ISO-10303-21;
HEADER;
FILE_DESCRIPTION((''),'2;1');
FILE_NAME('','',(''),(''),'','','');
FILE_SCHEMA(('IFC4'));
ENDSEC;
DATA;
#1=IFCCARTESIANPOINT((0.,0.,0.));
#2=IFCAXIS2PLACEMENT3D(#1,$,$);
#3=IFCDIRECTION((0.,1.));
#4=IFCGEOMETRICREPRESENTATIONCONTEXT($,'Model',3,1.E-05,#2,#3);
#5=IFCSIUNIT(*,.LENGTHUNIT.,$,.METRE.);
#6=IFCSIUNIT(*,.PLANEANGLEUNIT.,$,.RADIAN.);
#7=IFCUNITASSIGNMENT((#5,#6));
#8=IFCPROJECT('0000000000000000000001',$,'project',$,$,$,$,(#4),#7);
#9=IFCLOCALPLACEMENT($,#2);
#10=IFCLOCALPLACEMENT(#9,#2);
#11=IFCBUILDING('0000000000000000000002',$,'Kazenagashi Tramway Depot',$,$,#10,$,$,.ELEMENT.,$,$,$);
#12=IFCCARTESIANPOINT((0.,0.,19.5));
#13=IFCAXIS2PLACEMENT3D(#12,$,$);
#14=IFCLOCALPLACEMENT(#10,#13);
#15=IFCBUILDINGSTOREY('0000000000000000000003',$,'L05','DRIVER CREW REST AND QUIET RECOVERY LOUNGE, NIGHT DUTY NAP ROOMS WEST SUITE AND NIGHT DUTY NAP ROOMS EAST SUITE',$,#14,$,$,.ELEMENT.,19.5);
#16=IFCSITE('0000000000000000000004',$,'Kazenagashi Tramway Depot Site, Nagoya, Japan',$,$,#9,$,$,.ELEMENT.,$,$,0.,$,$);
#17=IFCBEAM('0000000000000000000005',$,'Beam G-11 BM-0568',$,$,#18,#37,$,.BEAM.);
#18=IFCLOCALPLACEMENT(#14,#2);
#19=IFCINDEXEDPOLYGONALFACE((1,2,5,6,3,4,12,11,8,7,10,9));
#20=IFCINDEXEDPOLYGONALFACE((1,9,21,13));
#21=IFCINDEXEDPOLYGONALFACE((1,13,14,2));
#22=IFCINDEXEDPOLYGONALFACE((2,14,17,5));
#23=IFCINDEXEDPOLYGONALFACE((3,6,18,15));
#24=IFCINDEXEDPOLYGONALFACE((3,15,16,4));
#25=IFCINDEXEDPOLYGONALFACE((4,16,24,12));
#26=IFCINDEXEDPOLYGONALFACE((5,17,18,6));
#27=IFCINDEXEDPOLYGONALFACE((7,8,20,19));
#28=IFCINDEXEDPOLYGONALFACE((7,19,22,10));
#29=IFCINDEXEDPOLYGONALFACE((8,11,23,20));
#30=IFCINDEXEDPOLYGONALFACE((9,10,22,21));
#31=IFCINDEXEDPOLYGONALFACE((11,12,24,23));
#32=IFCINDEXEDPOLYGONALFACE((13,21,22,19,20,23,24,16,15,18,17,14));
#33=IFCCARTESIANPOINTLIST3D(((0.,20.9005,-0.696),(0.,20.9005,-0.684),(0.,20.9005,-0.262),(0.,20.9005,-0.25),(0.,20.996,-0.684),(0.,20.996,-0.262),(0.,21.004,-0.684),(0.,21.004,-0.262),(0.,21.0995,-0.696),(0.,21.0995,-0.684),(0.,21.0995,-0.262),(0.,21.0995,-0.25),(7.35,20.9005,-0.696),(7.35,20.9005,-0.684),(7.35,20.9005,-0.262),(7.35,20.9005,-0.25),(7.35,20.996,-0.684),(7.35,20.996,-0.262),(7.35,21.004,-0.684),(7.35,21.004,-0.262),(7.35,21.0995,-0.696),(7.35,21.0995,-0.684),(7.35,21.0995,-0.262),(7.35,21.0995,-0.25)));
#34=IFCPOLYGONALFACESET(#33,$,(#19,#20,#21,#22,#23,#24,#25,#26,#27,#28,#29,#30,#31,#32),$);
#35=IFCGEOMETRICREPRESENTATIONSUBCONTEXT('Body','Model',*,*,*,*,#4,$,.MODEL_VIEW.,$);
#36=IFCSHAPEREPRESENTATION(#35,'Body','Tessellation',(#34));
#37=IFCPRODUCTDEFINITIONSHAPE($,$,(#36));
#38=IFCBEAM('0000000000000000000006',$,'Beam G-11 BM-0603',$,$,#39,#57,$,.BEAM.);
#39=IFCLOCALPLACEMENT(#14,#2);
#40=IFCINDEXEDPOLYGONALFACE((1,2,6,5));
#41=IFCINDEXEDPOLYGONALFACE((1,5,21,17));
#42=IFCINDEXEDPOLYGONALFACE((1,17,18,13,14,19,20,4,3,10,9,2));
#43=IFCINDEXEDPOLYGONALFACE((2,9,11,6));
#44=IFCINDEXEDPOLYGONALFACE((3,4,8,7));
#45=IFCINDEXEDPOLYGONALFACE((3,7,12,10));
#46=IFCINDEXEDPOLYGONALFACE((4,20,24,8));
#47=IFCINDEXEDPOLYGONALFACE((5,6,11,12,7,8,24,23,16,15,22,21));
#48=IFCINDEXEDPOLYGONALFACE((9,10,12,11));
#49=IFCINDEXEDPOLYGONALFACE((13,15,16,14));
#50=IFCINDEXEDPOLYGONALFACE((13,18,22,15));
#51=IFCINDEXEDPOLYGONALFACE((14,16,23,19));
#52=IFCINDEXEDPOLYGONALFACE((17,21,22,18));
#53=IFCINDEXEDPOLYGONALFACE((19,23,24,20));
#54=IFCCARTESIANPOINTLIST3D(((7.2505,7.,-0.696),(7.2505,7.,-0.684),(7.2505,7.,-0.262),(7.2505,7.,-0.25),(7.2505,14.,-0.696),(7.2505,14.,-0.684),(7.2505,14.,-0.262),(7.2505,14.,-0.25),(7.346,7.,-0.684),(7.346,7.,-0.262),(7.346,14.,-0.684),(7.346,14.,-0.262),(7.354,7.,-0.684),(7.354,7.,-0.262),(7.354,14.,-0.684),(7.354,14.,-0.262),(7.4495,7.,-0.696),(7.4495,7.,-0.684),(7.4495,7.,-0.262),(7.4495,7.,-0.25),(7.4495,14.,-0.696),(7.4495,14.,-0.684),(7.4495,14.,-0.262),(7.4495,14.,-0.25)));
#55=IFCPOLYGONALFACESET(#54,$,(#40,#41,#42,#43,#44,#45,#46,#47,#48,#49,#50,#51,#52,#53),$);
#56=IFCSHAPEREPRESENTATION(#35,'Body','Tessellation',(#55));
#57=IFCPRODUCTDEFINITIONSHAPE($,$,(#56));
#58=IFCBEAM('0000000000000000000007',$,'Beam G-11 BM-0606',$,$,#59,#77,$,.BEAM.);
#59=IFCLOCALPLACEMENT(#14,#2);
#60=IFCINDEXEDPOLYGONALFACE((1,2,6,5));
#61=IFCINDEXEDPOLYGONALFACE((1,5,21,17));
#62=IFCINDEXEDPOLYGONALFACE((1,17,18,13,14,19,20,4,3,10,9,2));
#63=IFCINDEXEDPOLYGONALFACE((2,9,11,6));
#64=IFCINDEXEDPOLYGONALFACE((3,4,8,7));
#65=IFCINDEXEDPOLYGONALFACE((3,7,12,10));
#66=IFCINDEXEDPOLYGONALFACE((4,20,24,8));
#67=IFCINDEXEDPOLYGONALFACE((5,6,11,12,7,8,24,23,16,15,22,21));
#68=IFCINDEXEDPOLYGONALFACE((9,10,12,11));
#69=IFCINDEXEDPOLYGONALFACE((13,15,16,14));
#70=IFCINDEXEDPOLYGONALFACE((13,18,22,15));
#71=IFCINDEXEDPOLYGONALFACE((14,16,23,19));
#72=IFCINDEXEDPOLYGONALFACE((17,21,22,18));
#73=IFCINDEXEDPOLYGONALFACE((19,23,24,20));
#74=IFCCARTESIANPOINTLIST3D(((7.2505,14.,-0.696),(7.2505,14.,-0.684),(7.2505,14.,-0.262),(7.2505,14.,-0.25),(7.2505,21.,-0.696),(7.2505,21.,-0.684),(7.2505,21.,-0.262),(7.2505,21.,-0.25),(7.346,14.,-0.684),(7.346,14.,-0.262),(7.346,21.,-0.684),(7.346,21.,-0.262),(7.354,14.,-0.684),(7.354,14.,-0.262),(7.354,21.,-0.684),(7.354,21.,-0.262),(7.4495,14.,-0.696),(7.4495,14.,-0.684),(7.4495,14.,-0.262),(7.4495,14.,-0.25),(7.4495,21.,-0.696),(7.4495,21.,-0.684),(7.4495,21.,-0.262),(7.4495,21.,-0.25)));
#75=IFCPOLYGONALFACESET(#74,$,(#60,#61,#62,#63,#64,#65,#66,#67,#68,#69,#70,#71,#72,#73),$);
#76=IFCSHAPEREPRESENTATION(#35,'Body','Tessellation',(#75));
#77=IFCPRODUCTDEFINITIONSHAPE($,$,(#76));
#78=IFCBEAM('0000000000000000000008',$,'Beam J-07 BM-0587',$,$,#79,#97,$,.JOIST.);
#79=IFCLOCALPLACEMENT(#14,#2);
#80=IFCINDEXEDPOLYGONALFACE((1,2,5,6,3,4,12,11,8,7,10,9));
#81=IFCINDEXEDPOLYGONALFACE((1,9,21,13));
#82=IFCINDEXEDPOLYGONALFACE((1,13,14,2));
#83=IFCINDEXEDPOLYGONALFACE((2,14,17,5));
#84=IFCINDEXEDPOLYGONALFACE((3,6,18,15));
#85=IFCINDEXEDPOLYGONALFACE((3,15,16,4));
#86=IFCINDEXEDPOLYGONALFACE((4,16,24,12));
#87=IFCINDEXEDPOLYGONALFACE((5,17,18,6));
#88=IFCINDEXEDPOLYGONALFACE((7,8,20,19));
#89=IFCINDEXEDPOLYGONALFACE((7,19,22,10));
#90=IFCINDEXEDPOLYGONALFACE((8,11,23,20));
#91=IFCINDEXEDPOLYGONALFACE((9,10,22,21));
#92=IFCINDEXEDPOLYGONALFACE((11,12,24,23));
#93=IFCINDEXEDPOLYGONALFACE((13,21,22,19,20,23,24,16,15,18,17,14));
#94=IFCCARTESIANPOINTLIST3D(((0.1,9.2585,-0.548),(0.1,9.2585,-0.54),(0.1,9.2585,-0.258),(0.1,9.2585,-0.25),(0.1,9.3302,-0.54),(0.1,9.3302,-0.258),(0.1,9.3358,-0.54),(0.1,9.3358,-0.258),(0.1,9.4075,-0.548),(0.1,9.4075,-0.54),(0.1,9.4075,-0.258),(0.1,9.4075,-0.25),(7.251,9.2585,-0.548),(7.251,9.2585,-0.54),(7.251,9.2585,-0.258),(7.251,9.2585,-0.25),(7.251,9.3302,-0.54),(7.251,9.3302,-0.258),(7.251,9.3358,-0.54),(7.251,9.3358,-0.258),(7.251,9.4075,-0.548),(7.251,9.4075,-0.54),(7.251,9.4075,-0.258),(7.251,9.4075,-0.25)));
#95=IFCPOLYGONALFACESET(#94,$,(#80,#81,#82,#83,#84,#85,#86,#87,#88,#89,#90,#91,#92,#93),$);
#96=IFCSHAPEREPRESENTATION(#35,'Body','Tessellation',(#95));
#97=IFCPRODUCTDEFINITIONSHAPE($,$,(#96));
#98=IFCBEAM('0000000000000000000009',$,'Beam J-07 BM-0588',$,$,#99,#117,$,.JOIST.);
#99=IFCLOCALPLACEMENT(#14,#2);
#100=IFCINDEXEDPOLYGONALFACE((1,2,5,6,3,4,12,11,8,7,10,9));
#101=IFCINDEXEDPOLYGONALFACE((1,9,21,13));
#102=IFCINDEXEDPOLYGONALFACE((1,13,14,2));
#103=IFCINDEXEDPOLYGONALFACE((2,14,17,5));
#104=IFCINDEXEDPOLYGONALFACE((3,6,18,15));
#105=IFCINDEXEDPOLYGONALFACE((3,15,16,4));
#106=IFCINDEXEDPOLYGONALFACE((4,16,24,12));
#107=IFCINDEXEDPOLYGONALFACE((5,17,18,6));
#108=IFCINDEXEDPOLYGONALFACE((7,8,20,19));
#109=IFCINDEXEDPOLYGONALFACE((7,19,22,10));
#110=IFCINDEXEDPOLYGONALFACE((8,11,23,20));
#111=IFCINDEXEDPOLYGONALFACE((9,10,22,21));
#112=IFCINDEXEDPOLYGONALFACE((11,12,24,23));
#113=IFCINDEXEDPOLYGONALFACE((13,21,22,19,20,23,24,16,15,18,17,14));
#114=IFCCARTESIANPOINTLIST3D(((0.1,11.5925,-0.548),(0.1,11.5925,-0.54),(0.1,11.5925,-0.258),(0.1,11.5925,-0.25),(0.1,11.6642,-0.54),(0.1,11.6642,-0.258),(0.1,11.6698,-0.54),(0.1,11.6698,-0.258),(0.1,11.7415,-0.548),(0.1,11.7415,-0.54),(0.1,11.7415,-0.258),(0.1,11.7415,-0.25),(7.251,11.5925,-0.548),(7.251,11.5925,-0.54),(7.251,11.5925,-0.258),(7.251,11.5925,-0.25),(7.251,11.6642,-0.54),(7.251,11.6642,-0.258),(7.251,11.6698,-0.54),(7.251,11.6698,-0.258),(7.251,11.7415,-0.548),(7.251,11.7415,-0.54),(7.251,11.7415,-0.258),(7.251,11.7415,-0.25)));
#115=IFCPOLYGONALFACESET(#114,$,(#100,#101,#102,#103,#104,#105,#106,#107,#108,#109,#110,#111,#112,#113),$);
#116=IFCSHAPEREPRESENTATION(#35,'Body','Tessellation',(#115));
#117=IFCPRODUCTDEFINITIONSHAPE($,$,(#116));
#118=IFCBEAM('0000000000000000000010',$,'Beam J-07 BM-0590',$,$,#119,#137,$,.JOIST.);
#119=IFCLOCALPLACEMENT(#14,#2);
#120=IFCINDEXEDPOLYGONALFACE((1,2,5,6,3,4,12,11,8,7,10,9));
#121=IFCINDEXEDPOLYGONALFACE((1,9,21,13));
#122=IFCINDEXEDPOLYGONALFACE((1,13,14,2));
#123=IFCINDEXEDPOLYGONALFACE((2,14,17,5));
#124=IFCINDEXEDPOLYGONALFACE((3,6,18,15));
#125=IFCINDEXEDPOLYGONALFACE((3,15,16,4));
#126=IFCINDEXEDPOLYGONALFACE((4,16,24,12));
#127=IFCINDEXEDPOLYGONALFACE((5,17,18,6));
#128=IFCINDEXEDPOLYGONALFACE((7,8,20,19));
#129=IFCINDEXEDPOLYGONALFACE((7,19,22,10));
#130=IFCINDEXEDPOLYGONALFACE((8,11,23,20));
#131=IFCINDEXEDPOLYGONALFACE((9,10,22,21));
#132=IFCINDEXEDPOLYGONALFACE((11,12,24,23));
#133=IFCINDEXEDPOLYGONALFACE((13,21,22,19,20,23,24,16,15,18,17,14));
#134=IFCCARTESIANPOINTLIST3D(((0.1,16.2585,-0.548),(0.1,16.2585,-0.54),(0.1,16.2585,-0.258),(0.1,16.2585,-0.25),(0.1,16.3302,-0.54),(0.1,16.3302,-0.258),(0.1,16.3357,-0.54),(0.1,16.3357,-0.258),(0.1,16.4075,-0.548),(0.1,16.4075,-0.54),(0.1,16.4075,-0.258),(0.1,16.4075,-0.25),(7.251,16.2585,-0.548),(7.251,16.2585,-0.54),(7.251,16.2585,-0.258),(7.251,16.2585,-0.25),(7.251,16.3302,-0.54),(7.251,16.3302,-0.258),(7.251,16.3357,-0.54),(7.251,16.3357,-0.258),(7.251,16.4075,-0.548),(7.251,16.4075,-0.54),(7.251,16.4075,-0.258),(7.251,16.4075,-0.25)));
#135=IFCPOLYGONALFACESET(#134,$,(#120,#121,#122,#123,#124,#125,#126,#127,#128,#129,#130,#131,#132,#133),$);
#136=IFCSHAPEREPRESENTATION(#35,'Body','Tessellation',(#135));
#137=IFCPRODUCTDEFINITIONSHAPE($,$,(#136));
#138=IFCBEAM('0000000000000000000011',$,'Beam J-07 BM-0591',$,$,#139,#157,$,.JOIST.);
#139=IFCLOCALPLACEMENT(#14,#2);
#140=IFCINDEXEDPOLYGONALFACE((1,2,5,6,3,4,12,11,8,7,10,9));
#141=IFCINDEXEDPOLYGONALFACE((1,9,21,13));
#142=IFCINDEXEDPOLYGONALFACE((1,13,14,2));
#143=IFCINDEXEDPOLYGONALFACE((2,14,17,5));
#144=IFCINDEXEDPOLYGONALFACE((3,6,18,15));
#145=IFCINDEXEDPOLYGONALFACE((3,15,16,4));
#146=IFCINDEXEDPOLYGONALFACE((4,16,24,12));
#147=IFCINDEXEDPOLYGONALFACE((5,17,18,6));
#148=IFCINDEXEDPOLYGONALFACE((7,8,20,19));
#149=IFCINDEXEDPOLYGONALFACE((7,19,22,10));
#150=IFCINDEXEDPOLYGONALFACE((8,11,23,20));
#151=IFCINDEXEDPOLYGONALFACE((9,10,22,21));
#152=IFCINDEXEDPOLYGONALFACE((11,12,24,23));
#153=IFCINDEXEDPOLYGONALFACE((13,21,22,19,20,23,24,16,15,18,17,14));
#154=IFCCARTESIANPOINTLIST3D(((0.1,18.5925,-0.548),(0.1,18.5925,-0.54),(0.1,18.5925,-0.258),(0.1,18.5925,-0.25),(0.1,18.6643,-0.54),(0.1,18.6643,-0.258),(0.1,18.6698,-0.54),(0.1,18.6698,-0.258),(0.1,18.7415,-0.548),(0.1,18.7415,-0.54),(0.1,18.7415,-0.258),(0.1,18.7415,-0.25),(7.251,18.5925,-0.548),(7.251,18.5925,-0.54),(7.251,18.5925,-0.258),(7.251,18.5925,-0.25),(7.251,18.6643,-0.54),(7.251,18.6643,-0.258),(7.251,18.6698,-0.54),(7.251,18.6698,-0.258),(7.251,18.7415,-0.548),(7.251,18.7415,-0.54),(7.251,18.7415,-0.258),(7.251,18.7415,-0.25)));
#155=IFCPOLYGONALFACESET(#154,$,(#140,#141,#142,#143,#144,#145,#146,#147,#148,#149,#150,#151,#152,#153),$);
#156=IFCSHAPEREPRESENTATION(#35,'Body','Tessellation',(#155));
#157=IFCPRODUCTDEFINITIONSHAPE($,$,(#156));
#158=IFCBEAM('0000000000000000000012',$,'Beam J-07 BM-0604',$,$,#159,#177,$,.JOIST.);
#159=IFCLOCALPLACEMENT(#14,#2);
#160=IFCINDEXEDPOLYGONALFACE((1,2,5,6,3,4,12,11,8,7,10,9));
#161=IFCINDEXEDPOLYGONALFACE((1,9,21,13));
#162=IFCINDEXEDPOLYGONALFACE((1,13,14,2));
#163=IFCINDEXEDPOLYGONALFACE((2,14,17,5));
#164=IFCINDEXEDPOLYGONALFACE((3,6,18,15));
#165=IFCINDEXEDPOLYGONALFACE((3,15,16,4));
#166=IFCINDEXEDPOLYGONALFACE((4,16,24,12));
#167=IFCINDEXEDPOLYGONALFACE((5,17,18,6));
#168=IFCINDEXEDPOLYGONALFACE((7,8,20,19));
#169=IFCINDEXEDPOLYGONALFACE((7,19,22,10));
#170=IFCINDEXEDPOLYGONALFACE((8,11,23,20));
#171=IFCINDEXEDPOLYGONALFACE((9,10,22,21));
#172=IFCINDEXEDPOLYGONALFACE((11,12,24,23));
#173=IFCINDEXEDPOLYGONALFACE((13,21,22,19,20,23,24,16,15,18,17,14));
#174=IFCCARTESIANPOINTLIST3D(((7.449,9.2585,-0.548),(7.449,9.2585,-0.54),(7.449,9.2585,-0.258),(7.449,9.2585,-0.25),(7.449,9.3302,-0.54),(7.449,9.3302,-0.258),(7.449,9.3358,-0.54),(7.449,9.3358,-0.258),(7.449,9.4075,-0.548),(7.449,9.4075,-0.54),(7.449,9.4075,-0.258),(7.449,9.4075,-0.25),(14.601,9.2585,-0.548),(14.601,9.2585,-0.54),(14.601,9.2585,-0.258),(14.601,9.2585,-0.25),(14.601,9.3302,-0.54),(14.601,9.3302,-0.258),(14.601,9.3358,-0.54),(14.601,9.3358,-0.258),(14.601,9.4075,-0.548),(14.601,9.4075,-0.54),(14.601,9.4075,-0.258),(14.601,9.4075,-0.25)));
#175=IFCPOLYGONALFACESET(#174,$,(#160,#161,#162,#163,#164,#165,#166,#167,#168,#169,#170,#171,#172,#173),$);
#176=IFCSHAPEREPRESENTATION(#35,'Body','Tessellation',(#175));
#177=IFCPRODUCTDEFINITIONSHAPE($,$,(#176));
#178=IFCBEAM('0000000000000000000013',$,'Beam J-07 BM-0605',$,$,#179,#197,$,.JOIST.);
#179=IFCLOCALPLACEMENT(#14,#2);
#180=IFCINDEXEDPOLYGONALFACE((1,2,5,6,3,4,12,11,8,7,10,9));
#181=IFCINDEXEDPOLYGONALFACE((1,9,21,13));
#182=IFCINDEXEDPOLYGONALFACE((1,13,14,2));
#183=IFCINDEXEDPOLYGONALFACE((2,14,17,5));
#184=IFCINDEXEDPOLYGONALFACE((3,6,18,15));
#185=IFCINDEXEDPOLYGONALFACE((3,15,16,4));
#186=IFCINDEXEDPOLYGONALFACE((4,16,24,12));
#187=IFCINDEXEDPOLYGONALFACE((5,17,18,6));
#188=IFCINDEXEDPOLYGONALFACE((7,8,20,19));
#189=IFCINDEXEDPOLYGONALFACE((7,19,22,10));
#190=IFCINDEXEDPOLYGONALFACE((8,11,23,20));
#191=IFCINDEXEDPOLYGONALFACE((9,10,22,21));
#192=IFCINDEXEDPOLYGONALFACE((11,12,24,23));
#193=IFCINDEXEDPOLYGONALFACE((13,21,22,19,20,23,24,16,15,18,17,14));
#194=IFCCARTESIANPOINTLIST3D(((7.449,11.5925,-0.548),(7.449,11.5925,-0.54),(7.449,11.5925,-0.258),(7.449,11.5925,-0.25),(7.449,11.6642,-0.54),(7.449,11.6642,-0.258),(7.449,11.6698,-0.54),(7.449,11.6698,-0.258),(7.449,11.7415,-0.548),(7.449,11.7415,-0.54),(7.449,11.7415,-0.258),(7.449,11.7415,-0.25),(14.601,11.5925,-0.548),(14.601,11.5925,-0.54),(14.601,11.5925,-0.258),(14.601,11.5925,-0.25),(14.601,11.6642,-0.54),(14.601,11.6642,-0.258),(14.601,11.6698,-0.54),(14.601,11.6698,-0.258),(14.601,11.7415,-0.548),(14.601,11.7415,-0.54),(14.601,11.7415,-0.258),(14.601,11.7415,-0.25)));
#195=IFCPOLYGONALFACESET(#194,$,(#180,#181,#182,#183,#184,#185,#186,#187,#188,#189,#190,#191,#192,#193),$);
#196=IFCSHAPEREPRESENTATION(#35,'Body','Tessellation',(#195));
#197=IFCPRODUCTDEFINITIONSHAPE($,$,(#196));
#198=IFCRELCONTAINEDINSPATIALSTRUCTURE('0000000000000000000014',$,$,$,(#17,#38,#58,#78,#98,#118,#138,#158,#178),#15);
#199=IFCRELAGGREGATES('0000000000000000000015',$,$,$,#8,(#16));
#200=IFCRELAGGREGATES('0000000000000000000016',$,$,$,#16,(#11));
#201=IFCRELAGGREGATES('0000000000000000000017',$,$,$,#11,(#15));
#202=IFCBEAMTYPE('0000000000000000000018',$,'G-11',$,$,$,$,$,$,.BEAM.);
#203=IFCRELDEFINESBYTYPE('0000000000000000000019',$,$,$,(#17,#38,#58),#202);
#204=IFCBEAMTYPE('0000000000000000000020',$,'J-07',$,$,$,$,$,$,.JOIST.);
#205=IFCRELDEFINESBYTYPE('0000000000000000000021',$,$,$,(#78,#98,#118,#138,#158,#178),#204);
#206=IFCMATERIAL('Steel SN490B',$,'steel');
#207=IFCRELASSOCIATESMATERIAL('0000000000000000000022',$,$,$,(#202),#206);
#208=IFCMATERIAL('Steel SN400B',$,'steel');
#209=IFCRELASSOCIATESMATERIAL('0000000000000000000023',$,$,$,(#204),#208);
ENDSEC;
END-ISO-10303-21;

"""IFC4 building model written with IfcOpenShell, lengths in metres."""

from ifc_helpers import new_model, si_unit, direction, frame, origin, origin_2d, place, context, subcontext, project, spatial, i_section, extrude, material, material_profile, profile_set, type_object, element, save


model = new_model("IFC4")

# Units and contexts
model_context = context("Model", 3, precision=1e-05, world=origin(), true_north=direction((0.0, 1.0)))
body_context = subcontext(model_context, "Body", "Model", "MODEL_VIEW")
ifc_project = project(units=[si_unit("LENGTHUNIT", "METRE"), si_unit("PLANEANGLEUNIT", "RADIAN")], contexts=[model_context])

# Site, building, storey
site_placement = place(None, origin())
site = spatial("IfcSite", under=ifc_project, at=site_placement, Name="Kazenagashi Tramway Depot Site, Nagoya, Japan", CompositionType="ELEMENT", RefElevation=0.0)
building_placement = place(site_placement, origin())
building = spatial("IfcBuilding", under=site, at=building_placement, Name="Kazenagashi Tramway Depot", CompositionType="ELEMENT")
storey_placement = place(building_placement, frame((0.0, 0.0, 19.5)))
storey = spatial("IfcBuildingStorey", under=building, at=storey_placement, Name="L05", Description="DRIVER CREW REST AND QUIET RECOVERY LOUNGE, NIGHT DUTY NAP ROOMS WEST SUITE AND NIGHT DUTY NAP ROOMS EAST SUITE", CompositionType="ELEMENT", Elevation=19.5)

# Shared definitions
ifc_material_1 = material(Name="Steel SN400B", Category="steel")

# Beams
ifc_material_2 = material(Name="Steel SN490B", Category="steel")
ifc_material_profile_1 = material_profile(ifc_material_2, i_section(OverallWidth=0.199, OverallDepth=0.446, WebThickness=0.008, FlangeThickness=0.012, at=origin_2d()), Name="H-446x199x8x12")
ifc_profile_set_1 = profile_set([ifc_material_profile_1], Name="Steel SN490B")
beam_type_1 = type_object("IfcBeamType", Name="G-11", PredefinedType="BEAM", material=ifc_profile_set_1)
for number, where, z_axis, x_axis, name in (
    (1, (0.0, 21.0, -0.473), (1.0, 0.0, 0.0), (0.0, 1.0, 0.0), "Beam G-11 BM-0568"),
):
    element("IfcBeam", number, at=place(storey_placement, frame(where, z_axis=z_axis, x_axis=x_axis)), inside=storey, type_object=beam_type_1, Name=name, PredefinedType="BEAM", context=body_context, shape_type="SweptSolid", body=[
        extrude(i_section(OverallWidth=0.199, OverallDepth=0.446, WebThickness=0.008, FlangeThickness=0.012, at=origin_2d()), origin(), (0.0, 0.0, 1.0), 7.35),
    ])
for number, where, z_axis, x_axis, name in (
    (2, (7.35, 7.0, -0.473), (0.0, 1.0, 0.0), (-1.0, 0.0, 0.0), "Beam G-11 BM-0603"),
    (3, (7.35, 14.0, -0.473), (0.0, 1.0, 0.0), (-1.0, 0.0, 0.0), "Beam G-11 BM-0606"),
):
    element("IfcBeam", number, at=place(storey_placement, frame(where, z_axis=z_axis, x_axis=x_axis)), inside=storey, type_object=beam_type_1, Name=name, PredefinedType="BEAM", context=body_context, shape_type="SweptSolid", body=[
        extrude(i_section(OverallWidth=0.199, OverallDepth=0.446, WebThickness=0.008, FlangeThickness=0.012, at=origin_2d()), origin(), (0.0, 0.0, 1.0), 7.0),
    ])
ifc_material_profile_2 = material_profile(ifc_material_1, i_section(OverallWidth=0.149, OverallDepth=0.298, WebThickness=0.0055, FlangeThickness=0.008, at=origin_2d()), Name="H-298x149x5.5x8")
ifc_profile_set_2 = profile_set([ifc_material_profile_2], Name="Steel SN400B")
beam_type_2 = type_object("IfcBeamType", Name="J-07", PredefinedType="JOIST", material=ifc_profile_set_2)
for number, where, z_axis, x_axis, name in (
    (4, (0.1, 9.333, -0.399), (1.0, 0.0, 0.0), (0.0, 1.0, 0.0), "Beam J-07 BM-0587"),
    (5, (0.1, 11.667, -0.399), (1.0, 0.0, 0.0), (0.0, 1.0, 0.0), "Beam J-07 BM-0588"),
    (6, (0.1, 16.333, -0.399), (1.0, 0.0, 0.0), (0.0, 1.0, 0.0), "Beam J-07 BM-0590"),
    (7, (0.1, 18.667, -0.399), (1.0, 0.0, 0.0), (0.0, 1.0, 0.0), "Beam J-07 BM-0591"),
):
    element("IfcBeam", number, at=place(storey_placement, frame(where, z_axis=z_axis, x_axis=x_axis)), inside=storey, type_object=beam_type_2, Name=name, PredefinedType="JOIST", context=body_context, shape_type="SweptSolid", body=[
        extrude(i_section(OverallWidth=0.149, OverallDepth=0.298, WebThickness=0.0055, FlangeThickness=0.008, at=origin_2d()), origin(), (0.0, 0.0, 1.0), 7.151),
    ])
for number, where, z_axis, x_axis, name in (
    (8, (7.449, 9.333, -0.399), (1.0, 0.0, 0.0), (0.0, 1.0, 0.0), "Beam J-07 BM-0604"),
    (9, (7.449, 11.667, -0.399), (1.0, 0.0, 0.0), (0.0, 1.0, 0.0), "Beam J-07 BM-0605"),
):
    element("IfcBeam", number, at=place(storey_placement, frame(where, z_axis=z_axis, x_axis=x_axis)), inside=storey, type_object=beam_type_2, Name=name, PredefinedType="JOIST", context=body_context, shape_type="SweptSolid", body=[
        extrude(i_section(OverallWidth=0.149, OverallDepth=0.298, WebThickness=0.0055, FlangeThickness=0.008, at=origin_2d()), origin(), (0.0, 0.0, 1.0), 7.152),
    ])

save(model, "model.ifc")
